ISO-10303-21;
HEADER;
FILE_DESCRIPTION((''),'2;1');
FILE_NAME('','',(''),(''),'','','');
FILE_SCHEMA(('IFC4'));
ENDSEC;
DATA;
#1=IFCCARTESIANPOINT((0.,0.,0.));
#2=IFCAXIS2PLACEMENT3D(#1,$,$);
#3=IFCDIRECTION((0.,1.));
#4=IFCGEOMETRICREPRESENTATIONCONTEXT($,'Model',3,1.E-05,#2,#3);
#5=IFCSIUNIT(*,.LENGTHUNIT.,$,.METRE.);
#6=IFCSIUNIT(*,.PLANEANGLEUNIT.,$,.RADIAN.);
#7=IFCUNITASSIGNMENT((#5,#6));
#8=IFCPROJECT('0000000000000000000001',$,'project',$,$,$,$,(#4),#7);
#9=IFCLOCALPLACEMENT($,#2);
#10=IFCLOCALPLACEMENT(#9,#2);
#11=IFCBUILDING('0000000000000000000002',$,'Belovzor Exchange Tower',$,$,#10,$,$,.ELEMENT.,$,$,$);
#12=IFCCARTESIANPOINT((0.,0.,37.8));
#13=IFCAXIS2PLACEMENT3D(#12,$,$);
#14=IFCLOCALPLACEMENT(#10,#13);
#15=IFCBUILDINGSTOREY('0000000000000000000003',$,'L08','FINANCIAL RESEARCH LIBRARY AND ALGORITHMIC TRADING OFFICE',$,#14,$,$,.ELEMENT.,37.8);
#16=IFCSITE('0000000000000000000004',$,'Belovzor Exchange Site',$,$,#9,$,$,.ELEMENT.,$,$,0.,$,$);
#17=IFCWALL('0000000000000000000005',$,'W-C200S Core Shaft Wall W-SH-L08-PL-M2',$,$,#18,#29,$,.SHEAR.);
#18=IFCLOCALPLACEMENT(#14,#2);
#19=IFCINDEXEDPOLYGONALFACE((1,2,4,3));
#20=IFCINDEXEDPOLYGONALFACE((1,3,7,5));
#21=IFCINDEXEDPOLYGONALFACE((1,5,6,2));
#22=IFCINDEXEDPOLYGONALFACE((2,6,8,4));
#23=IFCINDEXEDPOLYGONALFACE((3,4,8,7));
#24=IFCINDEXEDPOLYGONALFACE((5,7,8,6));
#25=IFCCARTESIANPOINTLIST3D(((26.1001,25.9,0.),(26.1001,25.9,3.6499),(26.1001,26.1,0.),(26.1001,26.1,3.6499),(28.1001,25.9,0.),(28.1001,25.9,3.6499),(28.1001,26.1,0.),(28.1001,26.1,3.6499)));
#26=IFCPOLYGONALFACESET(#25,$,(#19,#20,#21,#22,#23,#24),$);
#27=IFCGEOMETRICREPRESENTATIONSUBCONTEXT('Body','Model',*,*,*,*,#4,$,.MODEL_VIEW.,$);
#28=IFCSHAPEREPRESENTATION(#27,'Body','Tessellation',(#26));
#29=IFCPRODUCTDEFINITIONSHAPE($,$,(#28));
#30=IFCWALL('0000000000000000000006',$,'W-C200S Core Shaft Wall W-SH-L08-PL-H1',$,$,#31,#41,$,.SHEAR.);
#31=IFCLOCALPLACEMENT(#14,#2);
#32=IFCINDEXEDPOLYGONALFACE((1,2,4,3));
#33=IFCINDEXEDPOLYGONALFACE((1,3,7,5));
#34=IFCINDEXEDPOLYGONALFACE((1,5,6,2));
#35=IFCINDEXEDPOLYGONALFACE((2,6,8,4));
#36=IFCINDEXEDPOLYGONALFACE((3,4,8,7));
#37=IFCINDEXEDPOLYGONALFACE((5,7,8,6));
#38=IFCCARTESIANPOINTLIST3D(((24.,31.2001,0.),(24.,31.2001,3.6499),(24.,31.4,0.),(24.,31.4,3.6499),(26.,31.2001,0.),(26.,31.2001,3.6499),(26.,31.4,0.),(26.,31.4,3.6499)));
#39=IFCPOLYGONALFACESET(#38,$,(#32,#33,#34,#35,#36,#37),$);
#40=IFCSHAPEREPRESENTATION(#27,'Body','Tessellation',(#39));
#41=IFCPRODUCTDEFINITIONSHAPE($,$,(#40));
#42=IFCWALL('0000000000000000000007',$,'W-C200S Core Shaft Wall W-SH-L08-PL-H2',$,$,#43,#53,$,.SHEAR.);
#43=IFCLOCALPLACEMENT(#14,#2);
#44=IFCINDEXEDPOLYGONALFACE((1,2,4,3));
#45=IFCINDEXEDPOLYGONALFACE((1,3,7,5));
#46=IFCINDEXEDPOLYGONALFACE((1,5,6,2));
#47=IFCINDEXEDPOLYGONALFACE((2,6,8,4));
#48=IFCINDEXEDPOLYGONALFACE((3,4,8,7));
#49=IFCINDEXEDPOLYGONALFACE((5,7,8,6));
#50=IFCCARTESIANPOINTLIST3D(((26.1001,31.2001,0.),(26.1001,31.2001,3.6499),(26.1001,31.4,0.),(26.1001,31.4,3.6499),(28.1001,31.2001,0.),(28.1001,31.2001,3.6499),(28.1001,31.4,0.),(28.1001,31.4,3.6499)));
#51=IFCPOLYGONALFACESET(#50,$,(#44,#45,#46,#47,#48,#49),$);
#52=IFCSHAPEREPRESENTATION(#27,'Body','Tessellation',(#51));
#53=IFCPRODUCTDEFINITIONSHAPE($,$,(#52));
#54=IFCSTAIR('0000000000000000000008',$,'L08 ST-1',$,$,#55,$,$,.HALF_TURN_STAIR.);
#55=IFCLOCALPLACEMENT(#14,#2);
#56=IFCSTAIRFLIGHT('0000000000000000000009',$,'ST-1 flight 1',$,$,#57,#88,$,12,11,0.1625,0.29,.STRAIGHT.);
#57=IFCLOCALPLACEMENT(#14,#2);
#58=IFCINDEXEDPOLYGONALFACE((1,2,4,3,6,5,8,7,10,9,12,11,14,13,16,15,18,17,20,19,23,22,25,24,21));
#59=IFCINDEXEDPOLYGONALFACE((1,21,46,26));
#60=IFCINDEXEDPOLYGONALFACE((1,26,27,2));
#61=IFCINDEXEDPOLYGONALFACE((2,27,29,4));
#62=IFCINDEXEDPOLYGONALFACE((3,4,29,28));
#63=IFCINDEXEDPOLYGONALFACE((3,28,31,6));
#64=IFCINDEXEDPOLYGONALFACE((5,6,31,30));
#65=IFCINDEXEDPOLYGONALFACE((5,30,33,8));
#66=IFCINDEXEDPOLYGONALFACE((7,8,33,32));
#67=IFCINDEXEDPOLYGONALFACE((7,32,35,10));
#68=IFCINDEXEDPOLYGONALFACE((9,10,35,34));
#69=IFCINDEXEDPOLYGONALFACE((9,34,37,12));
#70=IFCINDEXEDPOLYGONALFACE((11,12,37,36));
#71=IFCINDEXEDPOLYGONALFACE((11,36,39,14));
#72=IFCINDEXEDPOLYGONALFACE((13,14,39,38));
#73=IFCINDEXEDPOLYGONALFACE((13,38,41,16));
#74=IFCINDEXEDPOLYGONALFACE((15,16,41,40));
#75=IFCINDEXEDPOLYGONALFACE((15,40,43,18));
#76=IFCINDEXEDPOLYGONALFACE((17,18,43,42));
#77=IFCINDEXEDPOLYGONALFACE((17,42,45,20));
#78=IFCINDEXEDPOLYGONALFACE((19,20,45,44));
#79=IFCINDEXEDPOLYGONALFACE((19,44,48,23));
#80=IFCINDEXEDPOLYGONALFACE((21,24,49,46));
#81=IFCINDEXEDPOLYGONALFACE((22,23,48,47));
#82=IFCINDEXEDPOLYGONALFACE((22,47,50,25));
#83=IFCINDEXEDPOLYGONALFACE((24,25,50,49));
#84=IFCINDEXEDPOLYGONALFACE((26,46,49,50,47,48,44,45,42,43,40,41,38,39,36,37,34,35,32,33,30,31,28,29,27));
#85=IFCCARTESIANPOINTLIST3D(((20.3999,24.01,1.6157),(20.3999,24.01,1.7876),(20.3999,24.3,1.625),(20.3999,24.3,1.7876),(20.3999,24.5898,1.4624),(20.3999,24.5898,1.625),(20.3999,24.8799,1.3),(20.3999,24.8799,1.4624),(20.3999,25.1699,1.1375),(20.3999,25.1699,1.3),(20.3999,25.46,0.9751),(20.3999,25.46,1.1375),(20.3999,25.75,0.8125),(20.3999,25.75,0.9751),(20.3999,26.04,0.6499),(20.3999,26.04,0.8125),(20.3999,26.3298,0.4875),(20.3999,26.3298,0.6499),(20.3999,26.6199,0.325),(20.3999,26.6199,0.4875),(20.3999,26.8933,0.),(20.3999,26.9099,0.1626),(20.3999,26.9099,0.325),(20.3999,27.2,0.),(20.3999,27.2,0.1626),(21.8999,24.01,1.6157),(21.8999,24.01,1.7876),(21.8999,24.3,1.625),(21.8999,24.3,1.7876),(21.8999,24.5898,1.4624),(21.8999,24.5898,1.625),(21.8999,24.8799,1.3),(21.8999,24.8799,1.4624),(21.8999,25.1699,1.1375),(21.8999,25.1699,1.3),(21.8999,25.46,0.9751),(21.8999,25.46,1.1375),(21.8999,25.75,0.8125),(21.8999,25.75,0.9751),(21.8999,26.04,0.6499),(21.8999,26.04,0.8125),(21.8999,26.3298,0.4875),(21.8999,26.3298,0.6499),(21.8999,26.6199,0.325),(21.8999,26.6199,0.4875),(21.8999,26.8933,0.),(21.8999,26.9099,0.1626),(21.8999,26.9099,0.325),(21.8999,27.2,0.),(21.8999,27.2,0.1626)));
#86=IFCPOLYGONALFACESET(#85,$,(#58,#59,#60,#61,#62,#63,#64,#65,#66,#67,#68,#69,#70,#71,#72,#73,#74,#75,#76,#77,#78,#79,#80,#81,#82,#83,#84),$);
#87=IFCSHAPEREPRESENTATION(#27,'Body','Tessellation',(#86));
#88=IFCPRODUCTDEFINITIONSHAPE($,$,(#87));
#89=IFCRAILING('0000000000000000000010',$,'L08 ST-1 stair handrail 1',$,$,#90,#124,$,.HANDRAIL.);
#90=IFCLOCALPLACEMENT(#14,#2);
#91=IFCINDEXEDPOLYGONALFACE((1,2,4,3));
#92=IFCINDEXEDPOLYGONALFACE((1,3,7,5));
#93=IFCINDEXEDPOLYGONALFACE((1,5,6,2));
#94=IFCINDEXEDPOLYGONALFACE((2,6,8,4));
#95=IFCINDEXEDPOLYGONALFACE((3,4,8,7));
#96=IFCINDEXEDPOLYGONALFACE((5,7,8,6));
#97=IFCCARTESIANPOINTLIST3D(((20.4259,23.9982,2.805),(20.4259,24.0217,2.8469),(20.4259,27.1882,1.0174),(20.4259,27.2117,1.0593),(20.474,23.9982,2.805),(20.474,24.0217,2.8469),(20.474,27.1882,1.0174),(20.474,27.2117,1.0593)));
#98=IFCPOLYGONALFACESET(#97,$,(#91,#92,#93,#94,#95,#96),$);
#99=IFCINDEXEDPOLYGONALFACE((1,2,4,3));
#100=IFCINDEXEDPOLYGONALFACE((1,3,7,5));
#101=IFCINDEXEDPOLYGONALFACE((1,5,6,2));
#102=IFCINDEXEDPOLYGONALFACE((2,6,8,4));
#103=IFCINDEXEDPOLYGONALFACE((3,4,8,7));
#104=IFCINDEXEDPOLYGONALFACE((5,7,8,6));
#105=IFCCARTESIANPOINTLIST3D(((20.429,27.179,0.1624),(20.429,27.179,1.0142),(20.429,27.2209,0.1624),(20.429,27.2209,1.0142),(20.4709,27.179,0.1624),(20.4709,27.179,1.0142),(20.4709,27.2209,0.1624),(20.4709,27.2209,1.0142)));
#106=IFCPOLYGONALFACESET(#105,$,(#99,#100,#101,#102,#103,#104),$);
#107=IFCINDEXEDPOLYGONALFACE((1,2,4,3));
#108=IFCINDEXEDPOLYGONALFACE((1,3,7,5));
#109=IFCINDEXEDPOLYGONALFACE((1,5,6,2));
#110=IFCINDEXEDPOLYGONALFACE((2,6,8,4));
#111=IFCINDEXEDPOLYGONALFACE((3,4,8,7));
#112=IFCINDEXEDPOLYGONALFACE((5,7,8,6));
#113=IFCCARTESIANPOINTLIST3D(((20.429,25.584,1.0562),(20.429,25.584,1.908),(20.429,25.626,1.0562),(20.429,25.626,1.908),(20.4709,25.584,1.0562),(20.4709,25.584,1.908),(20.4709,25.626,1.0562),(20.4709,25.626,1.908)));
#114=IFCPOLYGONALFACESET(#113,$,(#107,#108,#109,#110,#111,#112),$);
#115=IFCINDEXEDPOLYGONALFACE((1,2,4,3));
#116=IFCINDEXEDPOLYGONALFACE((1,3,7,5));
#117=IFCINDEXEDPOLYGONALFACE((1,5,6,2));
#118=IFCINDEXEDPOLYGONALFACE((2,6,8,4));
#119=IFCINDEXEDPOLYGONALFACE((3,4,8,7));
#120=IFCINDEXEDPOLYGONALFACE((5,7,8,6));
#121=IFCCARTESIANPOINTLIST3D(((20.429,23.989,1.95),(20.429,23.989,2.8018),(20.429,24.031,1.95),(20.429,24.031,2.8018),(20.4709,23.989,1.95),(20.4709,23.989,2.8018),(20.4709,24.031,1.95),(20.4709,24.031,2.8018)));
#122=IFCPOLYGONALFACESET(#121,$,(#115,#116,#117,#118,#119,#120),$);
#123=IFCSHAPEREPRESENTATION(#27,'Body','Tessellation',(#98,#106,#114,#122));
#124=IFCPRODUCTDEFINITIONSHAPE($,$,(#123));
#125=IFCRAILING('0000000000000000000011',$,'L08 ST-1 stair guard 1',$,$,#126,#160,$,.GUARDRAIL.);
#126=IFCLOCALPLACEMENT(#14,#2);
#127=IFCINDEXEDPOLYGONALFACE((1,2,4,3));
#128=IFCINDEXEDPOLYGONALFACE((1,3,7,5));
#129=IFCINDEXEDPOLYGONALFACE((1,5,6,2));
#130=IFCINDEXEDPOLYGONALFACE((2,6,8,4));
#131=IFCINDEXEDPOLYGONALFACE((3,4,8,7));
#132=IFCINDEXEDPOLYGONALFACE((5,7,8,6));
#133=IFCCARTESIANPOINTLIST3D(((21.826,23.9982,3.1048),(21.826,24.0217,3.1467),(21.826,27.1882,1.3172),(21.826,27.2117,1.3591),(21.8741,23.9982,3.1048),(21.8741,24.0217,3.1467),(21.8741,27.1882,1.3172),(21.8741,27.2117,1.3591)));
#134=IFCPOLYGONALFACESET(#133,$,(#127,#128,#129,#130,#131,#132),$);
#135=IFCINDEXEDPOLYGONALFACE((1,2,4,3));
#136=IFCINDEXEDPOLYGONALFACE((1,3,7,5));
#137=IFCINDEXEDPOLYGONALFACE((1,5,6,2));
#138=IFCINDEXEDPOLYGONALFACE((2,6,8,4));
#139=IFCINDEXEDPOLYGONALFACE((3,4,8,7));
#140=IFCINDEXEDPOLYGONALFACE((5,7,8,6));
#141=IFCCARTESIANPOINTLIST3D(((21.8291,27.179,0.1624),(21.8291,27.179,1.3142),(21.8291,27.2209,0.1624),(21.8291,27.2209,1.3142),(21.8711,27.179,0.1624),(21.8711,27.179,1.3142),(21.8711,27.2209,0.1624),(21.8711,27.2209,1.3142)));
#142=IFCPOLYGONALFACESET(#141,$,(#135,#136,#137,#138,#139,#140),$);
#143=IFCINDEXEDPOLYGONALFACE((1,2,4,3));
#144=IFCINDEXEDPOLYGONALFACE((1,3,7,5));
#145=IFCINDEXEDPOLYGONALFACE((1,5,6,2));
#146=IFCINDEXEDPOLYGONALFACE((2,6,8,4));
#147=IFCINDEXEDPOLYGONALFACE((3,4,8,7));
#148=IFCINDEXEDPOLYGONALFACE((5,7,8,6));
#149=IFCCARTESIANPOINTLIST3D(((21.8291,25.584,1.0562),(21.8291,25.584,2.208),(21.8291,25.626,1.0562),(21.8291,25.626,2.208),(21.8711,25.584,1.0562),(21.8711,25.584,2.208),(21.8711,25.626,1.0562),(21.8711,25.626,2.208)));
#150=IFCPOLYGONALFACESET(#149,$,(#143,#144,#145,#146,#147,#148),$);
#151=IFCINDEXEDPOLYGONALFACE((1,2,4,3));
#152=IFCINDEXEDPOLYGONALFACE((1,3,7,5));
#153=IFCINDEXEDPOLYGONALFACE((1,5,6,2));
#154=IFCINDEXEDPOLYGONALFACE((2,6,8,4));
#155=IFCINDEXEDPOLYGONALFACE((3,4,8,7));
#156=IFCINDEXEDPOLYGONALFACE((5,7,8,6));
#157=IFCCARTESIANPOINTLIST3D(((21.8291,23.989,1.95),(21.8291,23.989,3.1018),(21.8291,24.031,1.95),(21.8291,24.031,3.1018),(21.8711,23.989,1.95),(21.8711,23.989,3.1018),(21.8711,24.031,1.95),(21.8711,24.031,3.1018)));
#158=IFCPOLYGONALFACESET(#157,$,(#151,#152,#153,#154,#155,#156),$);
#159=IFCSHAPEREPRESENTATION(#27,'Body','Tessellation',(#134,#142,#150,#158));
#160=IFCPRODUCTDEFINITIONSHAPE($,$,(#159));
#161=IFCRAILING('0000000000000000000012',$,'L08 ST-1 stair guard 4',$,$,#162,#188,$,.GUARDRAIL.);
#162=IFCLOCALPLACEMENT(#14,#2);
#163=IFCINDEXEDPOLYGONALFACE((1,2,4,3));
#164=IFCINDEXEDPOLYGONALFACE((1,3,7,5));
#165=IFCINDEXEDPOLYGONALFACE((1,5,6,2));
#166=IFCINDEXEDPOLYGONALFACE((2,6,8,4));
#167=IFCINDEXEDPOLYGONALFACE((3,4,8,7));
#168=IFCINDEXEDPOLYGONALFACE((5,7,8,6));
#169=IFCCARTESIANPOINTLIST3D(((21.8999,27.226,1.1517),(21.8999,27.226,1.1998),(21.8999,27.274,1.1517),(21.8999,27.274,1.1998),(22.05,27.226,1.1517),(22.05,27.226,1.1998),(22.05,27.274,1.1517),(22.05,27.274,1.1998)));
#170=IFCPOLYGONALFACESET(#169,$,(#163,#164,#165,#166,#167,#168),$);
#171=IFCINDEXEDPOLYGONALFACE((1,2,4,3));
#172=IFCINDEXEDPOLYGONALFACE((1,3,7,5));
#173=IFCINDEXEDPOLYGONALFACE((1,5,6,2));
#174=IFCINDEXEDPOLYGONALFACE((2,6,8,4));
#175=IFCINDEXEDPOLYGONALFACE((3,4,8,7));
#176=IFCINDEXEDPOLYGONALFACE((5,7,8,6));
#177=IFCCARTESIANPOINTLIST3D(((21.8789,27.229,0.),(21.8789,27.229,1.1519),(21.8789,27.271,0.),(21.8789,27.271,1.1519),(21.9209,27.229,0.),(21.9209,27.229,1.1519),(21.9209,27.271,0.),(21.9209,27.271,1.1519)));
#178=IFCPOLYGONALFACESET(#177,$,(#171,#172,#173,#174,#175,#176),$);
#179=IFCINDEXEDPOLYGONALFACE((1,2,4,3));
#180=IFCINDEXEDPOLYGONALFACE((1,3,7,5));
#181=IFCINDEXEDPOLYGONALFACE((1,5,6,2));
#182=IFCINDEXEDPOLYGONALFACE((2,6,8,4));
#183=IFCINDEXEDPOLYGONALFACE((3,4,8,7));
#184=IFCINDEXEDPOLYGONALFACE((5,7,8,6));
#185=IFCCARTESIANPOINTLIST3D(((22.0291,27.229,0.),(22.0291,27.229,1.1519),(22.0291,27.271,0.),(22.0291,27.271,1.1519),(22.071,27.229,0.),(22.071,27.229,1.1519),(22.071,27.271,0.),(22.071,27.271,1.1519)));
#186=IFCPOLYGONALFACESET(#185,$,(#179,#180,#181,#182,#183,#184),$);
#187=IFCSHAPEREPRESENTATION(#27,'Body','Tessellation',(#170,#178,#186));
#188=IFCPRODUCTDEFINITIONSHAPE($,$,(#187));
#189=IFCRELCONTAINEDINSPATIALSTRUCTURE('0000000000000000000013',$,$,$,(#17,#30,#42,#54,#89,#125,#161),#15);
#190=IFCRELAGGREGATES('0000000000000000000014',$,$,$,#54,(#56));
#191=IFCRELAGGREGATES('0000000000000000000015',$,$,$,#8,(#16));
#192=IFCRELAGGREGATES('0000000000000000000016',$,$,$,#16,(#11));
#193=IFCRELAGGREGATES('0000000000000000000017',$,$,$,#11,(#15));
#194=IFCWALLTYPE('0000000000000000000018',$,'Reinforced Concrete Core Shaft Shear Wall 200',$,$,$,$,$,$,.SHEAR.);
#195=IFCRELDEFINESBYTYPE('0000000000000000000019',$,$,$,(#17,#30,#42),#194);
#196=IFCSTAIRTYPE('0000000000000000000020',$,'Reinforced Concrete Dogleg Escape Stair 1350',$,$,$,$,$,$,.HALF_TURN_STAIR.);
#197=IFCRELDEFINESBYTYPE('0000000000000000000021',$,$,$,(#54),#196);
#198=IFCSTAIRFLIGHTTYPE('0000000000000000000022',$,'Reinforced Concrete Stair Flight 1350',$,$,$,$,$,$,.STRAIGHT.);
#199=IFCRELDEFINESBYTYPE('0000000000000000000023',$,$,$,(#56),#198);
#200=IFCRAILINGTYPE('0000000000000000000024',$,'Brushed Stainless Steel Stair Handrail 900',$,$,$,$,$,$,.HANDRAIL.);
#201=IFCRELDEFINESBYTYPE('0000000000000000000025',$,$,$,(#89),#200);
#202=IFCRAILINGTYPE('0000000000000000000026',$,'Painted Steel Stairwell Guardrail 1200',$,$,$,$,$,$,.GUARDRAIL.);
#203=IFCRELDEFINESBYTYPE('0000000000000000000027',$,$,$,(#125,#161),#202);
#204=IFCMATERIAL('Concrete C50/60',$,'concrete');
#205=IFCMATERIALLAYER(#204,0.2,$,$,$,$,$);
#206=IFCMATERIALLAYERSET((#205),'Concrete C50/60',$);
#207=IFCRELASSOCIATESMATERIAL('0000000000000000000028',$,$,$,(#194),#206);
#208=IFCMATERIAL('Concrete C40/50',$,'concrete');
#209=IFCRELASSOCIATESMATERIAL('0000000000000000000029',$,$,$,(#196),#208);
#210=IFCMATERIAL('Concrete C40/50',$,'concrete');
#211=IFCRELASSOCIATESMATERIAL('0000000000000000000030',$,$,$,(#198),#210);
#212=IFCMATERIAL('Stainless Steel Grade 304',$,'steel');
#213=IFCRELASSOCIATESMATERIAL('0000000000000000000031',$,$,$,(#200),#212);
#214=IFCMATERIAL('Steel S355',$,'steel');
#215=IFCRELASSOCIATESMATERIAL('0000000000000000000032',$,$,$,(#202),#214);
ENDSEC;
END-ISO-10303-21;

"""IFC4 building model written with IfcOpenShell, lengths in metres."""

from ifc_helpers import new_model, si_unit, direction, frame, frame_2d, origin, origin_2d, place, context, subcontext, project, spatial, polyline, rectangle, outline, extrude, material, layer, layer_set, type_object, element, aggregate, save


model = new_model("IFC4")

# Units and contexts
model_context = context("Model", 3, precision=1e-05, world=origin(), true_north=direction((0.0, 1.0)))
body_context = subcontext(model_context, "Body", "Model", "MODEL_VIEW")
ifc_project = project(units=[si_unit("LENGTHUNIT", "METRE"), si_unit("PLANEANGLEUNIT", "RADIAN")], contexts=[model_context])

# Site, building, storey
site_placement = place(None, origin())
site = spatial("IfcSite", under=ifc_project, at=site_placement, Name="Belovzor Exchange Site", CompositionType="ELEMENT", RefElevation=0.0)
building_placement = place(site_placement, origin())
building = spatial("IfcBuilding", under=site, at=building_placement, Name="Belovzor Exchange Tower", CompositionType="ELEMENT")
storey_placement = place(building_placement, frame((0.0, 0.0, 37.8)))
storey = spatial("IfcBuildingStorey", under=building, at=storey_placement, Name="L08", Description="FINANCIAL RESEARCH LIBRARY AND ALGORITHMIC TRADING OFFICE", CompositionType="ELEMENT", Elevation=37.8)

# Shared definitions
ifc_material_1 = material(Name="Concrete C50/60", Category="concrete")
ifc_layer_1 = layer(ifc_material_1, 0.2)
ifc_layer_set_1 = layer_set([ifc_layer_1], Name="Concrete C50/60")
wall_type_1 = type_object("IfcWallType", Name="Reinforced Concrete Core Shaft Shear Wall 200", PredefinedType="SHEAR", material=ifc_layer_set_1)

# Walls
for number, where, z_axis, x_axis, name in (
    (1, (26.1001, 26.0, 0.0), (0.0, 0.0, 1.0), (1.0, 0.0, 0.0), "W-C200S Core Shaft Wall W-SH-L08-PL-M2"),
    (2, (24.0, 31.3, 0.0), (0.0, 0.0, 1.0), (1.0, 0.0, 0.0), "W-C200S Core Shaft Wall W-SH-L08-PL-H1"),
    (3, (26.1001, 31.3, 0.0), (0.0, 0.0, 1.0), (1.0, 0.0, 0.0), "W-C200S Core Shaft Wall W-SH-L08-PL-H2"),
):
    element("IfcWall", number, at=place(storey_placement, frame(where, z_axis=z_axis, x_axis=x_axis)), inside=storey, type_object=wall_type_1, Name=name, PredefinedType="SHEAR", context=body_context, shape_type="SweptSolid", body=[
        extrude(rectangle(XDim=2.0, YDim=0.2, at=frame_2d((1.0, 0.0))), origin(), (0.0, 0.0, 1.0), 3.6499),
    ])

# Stair, stair flight
ifc_material_2 = material(Name="Concrete C40/50", Category="concrete")
stair_type = type_object("IfcStairType", Name="Reinforced Concrete Dogleg Escape Stair 1350", PredefinedType="HALF_TURN_STAIR", material=ifc_material_2)
stair_placement = place(storey_placement, origin())
stair = element("IfcStair", 4, at=stair_placement, inside=storey, type_object=stair_type, Name="L08 ST-1", PredefinedType="HALF_TURN_STAIR")
ifc_material_3 = material(Name="Concrete C40/50", Category="concrete")
stair_flight_type = type_object("IfcStairFlightType", Name="Reinforced Concrete Stair Flight 1350", PredefinedType="STRAIGHT", material=ifc_material_3)
stair_flight_placement = place(storey_placement, frame((21.1499, 27.2, 0.0), z_axis=(0.0, 0.0, 1.0), x_axis=(0.0, -1.0, 0.0)))
stair_flight = element("IfcStairFlight", 5, at=stair_flight_placement, type_object=stair_flight_type, Name="ST-1 flight 1", NumberOfRisers=12, NumberOfTreads=11, PredefinedType="STRAIGHT", RiserHeight=0.1625, TreadLength=0.29, context=body_context, shape_type="SweptSolid", body=[
    extrude(outline(polyline([(0.0, 0.0), (0.0, 0.1626), (0.29, 0.1626), (0.29, 0.325), (0.5801, 0.325), (0.5801, 0.4875), (0.8701, 0.4875), (0.8701, 0.6499), (1.1599, 0.6499), (1.1599, 0.8125), (1.45, 0.8125), (1.45, 0.9751), (1.74, 0.9751), (1.74, 1.1375), (2.03, 1.1375), (2.03, 1.3), (2.3201, 1.3), (2.3201, 1.4624), (2.6101, 1.4624), (2.6101, 1.625), (2.8999, 1.625), (2.8999, 1.7876), (3.1899, 1.7876), (3.1899, 1.95), (3.1899, 1.6157), (0.3066, 0.0), (0.0, 0.0)])), frame((0.0, 0.75, 0.0), z_axis=(0.0, -1.0, 0.0), x_axis=(1.0, 0.0, 0.0)), (0.0, 0.0, 1.0), 1.5),
])
aggregate(stair, [stair_flight])

# Railings
ifc_material_4 = material(Name="Stainless Steel Grade 304", Category="steel")
railing_type_1 = type_object("IfcRailingType", Name="Brushed Stainless Steel Stair Handrail 900", PredefinedType="HANDRAIL", material=ifc_material_4)
railing_1_placement = place(storey_placement, frame((20.45, 27.2, 0.1624)))
element("IfcRailing", 6, at=railing_1_placement, inside=storey, type_object=railing_type_1, Name="L08 ST-1 stair handrail 1", PredefinedType="HANDRAIL", context=body_context, shape_type="SweptSolid", body=[
    extrude(rectangle(XDim=0.0481, YDim=0.0481, at=origin_2d()), frame((0.0, 0.0, 0.876), z_axis=(0.0, -0.872363, 0.48886), x_axis=(1.0, 0.0, 0.0)), (0.0, 0.0, 1.0), 3.6567),
    extrude(rectangle(XDim=0.042, YDim=0.042, at=origin_2d()), origin(), (0.0, 0.0, 1.0), 0.8518),
    extrude(rectangle(XDim=0.042, YDim=0.042, at=origin_2d()), frame((0.0, -1.595, 0.8938)), (0.0, 0.0, 1.0), 0.8518),
    extrude(rectangle(XDim=0.042, YDim=0.042, at=origin_2d()), frame((0.0, -3.1899, 1.7876)), (0.0, 0.0, 1.0), 0.8518),
])
ifc_material_5 = material(Name="Steel S355", Category="steel")
railing_type_2 = type_object("IfcRailingType", Name="Painted Steel Stairwell Guardrail 1200", PredefinedType="GUARDRAIL", material=ifc_material_5)
railing_2_placement = place(storey_placement, frame((21.8501, 27.2, 0.1624)))
element("IfcRailing", 7, at=railing_2_placement, inside=storey, type_object=railing_type_2, Name="L08 ST-1 stair guard 1", PredefinedType="GUARDRAIL", context=body_context, shape_type="SweptSolid", body=[
    extrude(rectangle(XDim=0.0481, YDim=0.0481, at=origin_2d()), frame((0.0, 0.0, 1.1758), z_axis=(0.0, -0.872363, 0.48886), x_axis=(1.0, 0.0, 0.0)), (0.0, 0.0, 1.0), 3.6567),
    extrude(rectangle(XDim=0.042, YDim=0.042, at=origin_2d()), origin(), (0.0, 0.0, 1.0), 1.1519),
    extrude(rectangle(XDim=0.042, YDim=0.042, at=origin_2d()), frame((0.0, -1.595, 0.8938)), (0.0, 0.0, 1.0), 1.1519),
    extrude(rectangle(XDim=0.042, YDim=0.042, at=origin_2d()), frame((0.0, -3.1899, 1.7876)), (0.0, 0.0, 1.0), 1.1519),
])
railing_3_placement = place(storey_placement, frame((21.8999, 27.25, 0.0)))
element("IfcRailing", 8, at=railing_3_placement, inside=storey, type_object=railing_type_2, Name="L08 ST-1 stair guard 4", PredefinedType="GUARDRAIL", context=body_context, shape_type="SweptSolid", body=[
    extrude(rectangle(XDim=0.0481, YDim=0.0481, at=origin_2d()), frame((0.0, 0.0, 1.1758), z_axis=(1.0, 0.0, 0.0), x_axis=(0.0, 1.0, 0.0)), (0.0, 0.0, 1.0), 0.1501),
    extrude(rectangle(XDim=0.042, YDim=0.042, at=origin_2d()), origin(), (0.0, 0.0, 1.0), 1.1519),
    extrude(rectangle(XDim=0.042, YDim=0.042, at=origin_2d()), frame((0.1501, 0.0, 0.0)), (0.0, 0.0, 1.0), 1.1519),
])

save(model, "model.ifc")
